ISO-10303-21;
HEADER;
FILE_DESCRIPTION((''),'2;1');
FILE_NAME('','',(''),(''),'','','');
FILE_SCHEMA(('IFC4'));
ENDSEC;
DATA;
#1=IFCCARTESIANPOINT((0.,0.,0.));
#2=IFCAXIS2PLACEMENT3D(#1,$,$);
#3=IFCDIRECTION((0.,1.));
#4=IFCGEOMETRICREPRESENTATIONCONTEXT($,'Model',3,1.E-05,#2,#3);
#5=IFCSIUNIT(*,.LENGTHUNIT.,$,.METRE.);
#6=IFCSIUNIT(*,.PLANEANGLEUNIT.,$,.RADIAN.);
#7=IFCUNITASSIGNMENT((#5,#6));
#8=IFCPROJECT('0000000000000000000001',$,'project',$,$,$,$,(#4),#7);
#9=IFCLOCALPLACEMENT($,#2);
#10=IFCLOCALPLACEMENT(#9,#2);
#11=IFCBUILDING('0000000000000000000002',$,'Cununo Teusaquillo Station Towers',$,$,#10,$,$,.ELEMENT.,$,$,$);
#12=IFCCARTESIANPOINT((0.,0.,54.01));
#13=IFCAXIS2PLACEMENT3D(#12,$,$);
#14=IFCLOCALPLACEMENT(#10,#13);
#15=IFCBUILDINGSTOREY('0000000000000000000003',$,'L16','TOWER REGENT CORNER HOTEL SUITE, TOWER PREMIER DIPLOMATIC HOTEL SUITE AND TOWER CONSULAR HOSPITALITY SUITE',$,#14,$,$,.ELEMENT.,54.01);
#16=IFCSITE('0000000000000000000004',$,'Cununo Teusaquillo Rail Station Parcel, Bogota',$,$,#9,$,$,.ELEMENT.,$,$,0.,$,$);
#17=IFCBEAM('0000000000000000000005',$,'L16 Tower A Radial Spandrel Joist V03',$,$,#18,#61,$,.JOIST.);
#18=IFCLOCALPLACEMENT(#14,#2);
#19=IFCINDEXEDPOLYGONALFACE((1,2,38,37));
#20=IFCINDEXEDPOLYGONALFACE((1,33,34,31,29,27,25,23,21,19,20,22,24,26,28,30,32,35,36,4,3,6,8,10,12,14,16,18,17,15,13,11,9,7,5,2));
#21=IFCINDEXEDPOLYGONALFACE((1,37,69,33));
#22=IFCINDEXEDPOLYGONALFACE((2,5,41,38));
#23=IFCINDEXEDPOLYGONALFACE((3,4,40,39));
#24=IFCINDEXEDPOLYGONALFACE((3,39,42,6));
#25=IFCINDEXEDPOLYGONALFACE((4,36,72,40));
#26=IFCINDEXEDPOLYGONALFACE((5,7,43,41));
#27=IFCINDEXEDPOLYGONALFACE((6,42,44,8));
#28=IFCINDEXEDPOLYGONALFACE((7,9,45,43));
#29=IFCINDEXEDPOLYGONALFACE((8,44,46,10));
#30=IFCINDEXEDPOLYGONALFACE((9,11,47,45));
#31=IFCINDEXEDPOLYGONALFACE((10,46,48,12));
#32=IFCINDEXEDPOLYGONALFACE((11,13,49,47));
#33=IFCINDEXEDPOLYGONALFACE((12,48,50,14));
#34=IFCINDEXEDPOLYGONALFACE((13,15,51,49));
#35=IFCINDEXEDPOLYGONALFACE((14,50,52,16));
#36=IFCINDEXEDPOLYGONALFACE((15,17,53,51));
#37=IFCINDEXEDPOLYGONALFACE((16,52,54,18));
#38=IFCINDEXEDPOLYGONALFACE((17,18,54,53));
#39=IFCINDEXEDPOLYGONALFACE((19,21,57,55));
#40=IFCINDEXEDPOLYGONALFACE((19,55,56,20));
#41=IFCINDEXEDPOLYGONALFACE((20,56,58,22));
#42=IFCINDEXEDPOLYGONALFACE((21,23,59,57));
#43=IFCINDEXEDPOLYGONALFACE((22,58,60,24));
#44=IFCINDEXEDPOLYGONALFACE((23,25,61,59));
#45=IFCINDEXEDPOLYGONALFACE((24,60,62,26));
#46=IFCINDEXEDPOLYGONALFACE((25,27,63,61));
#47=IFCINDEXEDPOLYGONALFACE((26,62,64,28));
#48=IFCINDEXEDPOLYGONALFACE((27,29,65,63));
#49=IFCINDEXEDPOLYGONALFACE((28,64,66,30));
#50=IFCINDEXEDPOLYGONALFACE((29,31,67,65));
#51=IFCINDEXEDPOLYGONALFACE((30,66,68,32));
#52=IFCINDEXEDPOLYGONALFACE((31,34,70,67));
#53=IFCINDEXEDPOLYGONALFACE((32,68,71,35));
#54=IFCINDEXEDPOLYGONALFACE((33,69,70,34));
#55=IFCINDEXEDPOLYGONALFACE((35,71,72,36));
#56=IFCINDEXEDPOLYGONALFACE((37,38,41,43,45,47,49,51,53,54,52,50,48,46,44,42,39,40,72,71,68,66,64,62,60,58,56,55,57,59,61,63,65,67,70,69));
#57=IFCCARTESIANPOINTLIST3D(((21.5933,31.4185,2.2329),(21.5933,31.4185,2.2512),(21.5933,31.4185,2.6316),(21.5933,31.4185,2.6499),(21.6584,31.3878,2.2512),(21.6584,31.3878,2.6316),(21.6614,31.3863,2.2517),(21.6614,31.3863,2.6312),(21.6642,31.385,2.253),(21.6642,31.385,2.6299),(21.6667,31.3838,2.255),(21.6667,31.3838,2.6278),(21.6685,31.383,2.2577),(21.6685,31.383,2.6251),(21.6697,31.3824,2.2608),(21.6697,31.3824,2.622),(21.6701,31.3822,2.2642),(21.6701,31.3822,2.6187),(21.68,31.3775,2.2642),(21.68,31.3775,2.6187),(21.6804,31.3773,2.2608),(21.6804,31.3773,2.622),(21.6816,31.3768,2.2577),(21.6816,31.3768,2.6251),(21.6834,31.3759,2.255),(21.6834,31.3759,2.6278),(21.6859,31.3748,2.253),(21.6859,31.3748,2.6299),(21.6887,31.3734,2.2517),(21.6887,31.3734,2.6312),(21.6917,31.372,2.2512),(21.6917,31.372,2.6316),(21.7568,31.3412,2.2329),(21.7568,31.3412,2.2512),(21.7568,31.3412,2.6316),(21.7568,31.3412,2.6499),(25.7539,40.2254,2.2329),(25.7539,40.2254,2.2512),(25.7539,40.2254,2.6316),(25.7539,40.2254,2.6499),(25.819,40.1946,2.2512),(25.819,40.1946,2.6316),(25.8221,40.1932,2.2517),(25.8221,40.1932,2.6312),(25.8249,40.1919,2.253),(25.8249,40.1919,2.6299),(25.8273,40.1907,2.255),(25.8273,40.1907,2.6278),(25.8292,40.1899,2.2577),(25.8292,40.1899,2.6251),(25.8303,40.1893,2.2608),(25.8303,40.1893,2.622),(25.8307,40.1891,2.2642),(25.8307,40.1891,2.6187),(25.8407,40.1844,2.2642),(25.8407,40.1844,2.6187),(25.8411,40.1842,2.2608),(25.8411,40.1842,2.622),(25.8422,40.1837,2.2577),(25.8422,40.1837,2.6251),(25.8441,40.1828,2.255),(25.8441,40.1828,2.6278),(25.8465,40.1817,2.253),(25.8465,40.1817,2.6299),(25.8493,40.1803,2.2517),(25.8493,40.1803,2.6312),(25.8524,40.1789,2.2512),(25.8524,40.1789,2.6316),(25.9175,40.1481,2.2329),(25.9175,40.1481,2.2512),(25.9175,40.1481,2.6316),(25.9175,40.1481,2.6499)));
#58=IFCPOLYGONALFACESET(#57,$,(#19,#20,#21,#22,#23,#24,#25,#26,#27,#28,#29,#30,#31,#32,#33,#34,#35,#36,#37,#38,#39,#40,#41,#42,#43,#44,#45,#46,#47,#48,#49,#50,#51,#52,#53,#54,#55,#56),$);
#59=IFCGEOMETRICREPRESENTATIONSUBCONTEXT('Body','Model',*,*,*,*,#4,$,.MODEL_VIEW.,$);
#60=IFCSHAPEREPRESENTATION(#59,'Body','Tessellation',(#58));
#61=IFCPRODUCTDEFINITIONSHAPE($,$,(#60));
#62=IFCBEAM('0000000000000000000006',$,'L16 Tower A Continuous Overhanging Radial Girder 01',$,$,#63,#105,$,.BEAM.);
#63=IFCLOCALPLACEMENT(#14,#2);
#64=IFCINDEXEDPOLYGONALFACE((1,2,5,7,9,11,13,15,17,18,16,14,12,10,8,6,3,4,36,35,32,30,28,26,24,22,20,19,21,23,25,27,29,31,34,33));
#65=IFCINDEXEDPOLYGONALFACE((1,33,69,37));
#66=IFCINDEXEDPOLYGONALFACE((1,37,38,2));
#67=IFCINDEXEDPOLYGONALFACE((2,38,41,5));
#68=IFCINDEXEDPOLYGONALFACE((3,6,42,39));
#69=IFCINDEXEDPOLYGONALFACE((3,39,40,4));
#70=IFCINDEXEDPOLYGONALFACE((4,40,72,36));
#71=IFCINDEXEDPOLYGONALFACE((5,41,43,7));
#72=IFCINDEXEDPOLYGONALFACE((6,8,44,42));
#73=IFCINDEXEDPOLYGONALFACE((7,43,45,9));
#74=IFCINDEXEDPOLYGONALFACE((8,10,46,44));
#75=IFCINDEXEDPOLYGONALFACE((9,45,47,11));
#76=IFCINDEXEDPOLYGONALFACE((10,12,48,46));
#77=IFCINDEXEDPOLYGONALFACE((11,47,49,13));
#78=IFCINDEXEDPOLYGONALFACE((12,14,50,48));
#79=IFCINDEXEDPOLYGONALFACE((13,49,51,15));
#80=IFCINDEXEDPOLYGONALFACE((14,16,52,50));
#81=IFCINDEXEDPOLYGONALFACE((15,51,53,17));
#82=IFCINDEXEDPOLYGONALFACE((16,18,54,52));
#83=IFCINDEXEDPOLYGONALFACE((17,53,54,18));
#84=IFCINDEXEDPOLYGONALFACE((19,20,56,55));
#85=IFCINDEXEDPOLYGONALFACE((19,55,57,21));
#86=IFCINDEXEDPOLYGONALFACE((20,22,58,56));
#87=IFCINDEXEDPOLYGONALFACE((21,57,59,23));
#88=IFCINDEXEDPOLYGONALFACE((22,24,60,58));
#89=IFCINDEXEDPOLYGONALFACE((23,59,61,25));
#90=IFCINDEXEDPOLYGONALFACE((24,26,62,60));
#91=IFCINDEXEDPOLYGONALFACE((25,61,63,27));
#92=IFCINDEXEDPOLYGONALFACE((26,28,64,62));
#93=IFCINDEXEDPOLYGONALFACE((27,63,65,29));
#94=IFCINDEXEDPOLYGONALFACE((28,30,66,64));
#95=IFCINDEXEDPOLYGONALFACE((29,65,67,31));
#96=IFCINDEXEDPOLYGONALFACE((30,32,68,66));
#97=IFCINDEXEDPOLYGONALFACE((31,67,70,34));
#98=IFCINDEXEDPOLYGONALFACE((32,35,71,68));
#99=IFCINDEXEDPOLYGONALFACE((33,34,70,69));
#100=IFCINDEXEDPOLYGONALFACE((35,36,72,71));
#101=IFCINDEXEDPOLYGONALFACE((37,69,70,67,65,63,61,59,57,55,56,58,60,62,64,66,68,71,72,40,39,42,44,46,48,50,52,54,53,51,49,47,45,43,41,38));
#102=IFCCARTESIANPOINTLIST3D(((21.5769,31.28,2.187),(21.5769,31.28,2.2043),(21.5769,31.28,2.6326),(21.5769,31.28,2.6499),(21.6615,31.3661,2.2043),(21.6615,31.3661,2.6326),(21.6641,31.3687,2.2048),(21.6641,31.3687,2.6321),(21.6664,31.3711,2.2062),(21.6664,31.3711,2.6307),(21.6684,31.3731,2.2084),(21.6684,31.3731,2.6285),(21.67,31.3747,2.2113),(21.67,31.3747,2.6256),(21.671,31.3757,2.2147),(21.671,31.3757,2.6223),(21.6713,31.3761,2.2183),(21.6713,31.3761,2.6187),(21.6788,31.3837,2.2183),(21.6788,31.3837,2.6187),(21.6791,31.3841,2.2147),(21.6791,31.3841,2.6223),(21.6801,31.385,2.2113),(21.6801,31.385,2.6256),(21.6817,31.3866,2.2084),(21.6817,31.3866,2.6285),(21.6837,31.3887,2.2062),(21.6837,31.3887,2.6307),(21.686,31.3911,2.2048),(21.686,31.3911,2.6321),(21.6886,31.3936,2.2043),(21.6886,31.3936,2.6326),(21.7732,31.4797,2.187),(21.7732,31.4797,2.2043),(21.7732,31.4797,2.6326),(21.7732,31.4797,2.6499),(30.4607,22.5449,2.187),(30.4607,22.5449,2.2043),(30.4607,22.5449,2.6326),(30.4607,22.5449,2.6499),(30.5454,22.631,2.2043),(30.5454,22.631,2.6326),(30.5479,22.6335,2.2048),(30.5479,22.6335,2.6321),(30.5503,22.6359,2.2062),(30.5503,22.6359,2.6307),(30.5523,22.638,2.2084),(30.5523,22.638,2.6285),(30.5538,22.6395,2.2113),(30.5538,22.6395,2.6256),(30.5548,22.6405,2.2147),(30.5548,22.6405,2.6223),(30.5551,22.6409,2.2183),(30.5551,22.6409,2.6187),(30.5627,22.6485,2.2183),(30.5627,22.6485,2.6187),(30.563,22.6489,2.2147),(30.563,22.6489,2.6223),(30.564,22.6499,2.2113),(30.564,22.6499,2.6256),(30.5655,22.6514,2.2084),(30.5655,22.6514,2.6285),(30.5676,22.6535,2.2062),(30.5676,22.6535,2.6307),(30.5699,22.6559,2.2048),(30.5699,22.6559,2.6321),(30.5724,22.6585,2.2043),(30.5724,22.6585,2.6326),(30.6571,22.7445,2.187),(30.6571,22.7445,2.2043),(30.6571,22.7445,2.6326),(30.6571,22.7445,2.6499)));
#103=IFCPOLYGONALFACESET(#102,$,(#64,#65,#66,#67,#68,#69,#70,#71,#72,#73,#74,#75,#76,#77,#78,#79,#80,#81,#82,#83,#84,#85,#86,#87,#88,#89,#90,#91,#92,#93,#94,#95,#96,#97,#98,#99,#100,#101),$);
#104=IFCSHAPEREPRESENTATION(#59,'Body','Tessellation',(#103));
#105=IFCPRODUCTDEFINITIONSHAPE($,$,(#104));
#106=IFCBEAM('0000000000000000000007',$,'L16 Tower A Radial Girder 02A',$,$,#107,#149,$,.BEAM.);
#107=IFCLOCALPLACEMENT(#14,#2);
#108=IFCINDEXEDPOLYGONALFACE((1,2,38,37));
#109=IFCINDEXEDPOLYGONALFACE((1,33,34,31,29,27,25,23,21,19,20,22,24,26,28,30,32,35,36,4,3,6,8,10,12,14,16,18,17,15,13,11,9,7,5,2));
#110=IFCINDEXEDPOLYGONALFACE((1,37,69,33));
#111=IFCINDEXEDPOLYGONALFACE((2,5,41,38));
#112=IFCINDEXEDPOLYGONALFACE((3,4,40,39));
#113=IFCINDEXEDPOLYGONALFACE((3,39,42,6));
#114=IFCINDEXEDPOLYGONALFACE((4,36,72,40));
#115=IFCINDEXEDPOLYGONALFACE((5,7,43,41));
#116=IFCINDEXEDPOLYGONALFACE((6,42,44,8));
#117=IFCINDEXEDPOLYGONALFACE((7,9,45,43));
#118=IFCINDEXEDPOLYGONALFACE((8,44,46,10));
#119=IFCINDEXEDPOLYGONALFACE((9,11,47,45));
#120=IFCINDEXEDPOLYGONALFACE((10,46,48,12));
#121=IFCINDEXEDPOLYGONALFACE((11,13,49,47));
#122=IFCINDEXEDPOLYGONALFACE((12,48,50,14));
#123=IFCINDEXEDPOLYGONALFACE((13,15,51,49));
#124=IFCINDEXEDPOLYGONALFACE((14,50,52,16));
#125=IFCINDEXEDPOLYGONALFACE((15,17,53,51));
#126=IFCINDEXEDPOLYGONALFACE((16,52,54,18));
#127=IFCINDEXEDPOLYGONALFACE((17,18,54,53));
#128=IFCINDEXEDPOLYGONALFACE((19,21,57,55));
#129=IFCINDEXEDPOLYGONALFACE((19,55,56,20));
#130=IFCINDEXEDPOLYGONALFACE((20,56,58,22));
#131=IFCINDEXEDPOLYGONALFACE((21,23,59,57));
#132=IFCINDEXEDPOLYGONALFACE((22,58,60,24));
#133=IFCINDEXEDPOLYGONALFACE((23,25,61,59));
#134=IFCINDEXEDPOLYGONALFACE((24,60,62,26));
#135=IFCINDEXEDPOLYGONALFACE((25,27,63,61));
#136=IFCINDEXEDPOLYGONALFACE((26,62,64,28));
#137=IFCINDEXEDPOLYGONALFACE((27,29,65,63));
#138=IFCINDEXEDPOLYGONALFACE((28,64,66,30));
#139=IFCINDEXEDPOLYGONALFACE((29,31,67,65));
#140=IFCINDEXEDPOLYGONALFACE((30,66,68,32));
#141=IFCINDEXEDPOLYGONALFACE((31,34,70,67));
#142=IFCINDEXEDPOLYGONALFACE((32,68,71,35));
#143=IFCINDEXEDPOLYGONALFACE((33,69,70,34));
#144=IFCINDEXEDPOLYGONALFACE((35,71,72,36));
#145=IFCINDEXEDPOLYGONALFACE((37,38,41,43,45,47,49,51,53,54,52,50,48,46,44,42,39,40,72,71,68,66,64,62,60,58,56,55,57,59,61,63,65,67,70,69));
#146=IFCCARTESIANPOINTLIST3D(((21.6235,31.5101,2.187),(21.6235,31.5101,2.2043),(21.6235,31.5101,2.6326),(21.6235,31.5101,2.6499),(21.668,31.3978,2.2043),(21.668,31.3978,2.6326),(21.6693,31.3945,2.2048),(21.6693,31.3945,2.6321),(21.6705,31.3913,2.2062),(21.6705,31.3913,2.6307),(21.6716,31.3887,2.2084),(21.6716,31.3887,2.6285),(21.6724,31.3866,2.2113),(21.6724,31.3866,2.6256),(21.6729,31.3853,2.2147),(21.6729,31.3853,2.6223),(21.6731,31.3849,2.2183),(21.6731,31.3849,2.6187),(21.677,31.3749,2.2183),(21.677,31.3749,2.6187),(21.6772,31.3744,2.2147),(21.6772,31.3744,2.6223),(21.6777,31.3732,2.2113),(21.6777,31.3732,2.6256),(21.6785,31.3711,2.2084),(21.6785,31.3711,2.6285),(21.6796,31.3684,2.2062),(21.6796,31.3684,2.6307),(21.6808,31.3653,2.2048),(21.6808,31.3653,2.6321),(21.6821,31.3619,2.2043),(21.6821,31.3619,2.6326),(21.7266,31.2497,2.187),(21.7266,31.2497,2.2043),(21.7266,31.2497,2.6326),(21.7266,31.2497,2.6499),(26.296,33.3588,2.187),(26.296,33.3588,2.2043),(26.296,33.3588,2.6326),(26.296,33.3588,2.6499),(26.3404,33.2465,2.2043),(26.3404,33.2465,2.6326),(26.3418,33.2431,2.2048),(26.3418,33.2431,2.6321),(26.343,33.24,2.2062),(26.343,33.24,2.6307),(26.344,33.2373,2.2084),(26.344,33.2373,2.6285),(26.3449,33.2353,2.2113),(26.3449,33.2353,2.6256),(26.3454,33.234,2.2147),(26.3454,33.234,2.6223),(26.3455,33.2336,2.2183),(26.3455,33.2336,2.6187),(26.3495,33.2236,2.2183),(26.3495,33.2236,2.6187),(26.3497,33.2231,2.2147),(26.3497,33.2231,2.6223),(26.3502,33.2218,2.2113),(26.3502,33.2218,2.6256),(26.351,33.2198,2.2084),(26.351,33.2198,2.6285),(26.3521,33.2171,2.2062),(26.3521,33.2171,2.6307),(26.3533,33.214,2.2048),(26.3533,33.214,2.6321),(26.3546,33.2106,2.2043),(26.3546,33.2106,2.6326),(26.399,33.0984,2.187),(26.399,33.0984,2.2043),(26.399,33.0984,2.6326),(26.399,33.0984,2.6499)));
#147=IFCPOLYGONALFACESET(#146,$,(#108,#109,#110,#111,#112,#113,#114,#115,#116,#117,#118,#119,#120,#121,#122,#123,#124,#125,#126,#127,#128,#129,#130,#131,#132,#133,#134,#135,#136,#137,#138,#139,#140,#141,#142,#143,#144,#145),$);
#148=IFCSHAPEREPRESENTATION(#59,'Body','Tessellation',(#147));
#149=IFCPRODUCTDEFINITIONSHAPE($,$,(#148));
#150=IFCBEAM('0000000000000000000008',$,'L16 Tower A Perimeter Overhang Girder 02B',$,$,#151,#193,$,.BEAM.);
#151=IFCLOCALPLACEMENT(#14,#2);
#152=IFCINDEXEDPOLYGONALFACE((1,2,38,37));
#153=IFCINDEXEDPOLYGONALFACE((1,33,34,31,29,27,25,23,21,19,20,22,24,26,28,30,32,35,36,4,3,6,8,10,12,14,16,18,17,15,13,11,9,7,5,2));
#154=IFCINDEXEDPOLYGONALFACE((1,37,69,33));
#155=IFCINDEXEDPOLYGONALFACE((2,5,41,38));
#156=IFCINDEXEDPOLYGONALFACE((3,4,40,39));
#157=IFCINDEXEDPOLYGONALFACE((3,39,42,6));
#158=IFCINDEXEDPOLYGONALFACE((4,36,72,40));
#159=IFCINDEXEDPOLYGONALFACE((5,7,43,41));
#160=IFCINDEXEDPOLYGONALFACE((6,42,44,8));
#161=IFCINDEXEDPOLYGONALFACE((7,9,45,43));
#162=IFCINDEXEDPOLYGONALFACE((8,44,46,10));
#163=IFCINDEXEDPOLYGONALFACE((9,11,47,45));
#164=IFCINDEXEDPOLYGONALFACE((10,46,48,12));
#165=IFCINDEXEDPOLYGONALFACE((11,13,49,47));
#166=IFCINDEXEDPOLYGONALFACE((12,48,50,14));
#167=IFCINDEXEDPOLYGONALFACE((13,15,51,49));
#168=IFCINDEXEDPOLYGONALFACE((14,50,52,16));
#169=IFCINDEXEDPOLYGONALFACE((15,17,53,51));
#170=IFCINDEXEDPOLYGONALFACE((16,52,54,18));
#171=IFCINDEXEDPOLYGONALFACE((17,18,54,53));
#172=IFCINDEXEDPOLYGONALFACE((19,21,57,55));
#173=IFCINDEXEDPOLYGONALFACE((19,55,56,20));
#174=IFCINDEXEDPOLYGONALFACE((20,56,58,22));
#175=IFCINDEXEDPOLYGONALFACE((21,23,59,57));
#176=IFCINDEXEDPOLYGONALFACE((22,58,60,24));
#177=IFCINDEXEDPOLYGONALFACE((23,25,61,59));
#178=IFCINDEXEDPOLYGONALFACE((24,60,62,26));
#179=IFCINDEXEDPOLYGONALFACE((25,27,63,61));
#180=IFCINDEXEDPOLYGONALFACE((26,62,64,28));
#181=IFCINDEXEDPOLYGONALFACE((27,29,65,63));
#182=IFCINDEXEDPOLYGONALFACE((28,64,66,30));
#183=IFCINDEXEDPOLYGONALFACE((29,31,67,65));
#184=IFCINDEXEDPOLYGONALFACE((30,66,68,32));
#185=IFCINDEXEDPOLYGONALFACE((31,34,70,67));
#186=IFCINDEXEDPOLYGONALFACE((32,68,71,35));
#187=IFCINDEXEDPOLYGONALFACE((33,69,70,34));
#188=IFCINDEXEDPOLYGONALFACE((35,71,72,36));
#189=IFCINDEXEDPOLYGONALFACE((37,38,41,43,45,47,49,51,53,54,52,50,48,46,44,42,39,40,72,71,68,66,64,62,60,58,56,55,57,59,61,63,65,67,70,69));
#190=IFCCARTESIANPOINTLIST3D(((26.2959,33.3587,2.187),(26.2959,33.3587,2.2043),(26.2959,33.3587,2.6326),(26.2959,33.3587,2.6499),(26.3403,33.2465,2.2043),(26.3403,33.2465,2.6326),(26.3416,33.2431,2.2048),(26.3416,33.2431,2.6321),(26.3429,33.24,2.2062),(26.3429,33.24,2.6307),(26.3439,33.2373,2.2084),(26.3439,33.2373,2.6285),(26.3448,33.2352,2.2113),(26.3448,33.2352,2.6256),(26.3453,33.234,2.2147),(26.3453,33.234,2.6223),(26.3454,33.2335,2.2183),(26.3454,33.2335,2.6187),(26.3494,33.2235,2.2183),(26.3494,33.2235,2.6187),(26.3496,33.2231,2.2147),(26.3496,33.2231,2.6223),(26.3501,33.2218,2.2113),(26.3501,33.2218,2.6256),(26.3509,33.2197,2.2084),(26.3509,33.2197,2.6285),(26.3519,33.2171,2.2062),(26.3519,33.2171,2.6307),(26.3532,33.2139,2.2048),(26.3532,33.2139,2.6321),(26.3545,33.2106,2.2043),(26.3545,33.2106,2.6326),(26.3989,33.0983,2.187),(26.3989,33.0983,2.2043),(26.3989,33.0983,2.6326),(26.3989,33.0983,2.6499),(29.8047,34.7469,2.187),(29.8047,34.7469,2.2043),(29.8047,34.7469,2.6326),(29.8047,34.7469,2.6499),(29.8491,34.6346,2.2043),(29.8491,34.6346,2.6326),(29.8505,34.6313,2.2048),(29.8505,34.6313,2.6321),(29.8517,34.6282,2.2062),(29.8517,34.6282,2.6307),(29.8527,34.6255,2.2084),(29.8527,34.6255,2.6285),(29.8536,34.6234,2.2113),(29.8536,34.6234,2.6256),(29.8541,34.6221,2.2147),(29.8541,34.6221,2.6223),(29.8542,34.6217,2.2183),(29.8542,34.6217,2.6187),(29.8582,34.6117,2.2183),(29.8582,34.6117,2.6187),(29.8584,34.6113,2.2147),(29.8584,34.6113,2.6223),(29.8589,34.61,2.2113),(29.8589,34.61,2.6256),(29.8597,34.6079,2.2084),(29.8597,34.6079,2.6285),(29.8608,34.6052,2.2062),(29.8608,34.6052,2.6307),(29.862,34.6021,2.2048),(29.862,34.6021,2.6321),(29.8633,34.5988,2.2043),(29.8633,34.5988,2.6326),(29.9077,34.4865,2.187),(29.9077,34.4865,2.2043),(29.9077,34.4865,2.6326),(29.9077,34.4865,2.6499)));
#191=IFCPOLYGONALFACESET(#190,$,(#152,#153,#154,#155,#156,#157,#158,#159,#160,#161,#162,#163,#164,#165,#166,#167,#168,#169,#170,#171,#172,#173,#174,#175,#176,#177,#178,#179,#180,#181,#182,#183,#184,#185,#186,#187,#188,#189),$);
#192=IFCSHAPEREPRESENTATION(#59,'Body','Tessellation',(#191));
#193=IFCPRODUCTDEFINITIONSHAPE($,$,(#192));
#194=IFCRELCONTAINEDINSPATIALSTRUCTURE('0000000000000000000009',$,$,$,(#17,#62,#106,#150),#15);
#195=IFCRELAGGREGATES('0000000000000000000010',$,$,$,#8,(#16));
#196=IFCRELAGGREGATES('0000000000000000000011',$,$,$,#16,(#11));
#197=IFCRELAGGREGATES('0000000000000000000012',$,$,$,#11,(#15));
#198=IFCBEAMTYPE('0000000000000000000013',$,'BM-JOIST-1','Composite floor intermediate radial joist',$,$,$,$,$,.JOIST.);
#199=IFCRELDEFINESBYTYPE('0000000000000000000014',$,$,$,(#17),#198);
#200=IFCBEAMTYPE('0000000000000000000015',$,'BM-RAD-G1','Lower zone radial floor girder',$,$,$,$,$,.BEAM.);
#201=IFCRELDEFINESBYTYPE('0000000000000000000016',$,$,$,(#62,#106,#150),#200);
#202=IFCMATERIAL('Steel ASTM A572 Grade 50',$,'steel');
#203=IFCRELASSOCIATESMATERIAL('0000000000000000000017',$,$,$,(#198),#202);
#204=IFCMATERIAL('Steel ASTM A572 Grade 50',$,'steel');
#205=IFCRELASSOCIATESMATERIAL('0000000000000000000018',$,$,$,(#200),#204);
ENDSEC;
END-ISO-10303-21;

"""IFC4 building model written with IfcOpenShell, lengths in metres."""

from ifc_helpers import new_model, si_unit, direction, frame, origin, origin_2d, place, context, subcontext, project, spatial, i_section, extrude, material, material_profile, profile_set, type_object, element, save


model = new_model("IFC4")

# Units and contexts
model_context = context("Model", 3, precision=1e-05, world=origin(), true_north=direction((0.0, 1.0)))
body_context = subcontext(model_context, "Body", "Model", "MODEL_VIEW")
ifc_project = project(units=[si_unit("LENGTHUNIT", "METRE"), si_unit("PLANEANGLEUNIT", "RADIAN")], contexts=[model_context])

# Site, building, storey
site_placement = place(None, origin())
site = spatial("IfcSite", under=ifc_project, at=site_placement, Name="Cununo Teusaquillo Rail Station Parcel, Bogota", CompositionType="ELEMENT", RefElevation=0.0)
building_placement = place(site_placement, origin())
building = spatial("IfcBuilding", under=site, at=building_placement, Name="Cununo Teusaquillo Station Towers", CompositionType="ELEMENT")
storey_placement = place(building_placement, frame((0.0, 0.0, 54.01)))
storey = spatial("IfcBuildingStorey", under=building, at=storey_placement, Name="L16", Description="TOWER REGENT CORNER HOTEL SUITE, TOWER PREMIER DIPLOMATIC HOTEL SUITE AND TOWER CONSULAR HOSPITALITY SUITE", CompositionType="ELEMENT", Elevation=54.01)

# Beams
ifc_material_1 = material(Name="Steel ASTM A572 Grade 50", Category="steel")
ifc_material_profile_1 = material_profile(ifc_material_1, i_section(OverallWidth=0.1809, OverallDepth=0.417, WebThickness=0.011, FlangeThickness=0.0183, FilletRadius=0.0129, at=origin_2d()), Name="W16X57")
ifc_profile_set_1 = profile_set([ifc_material_profile_1], Name="Steel ASTM A572 Grade 50")
beam_type_1 = type_object("IfcBeamType", Name="BM-JOIST-1", Description="Composite floor intermediate radial joist", PredefinedType="JOIST", material=ifc_profile_set_1)
beam_1_placement = place(storey_placement, frame((21.675, 31.3799, 2.4414), z_axis=(0.427161, 0.904176, 0.0), x_axis=(-0.904176, 0.427161, 0.0)))
element("IfcBeam", 1, at=beam_1_placement, inside=storey, type_object=beam_type_1, Name="L16 Tower A Radial Spandrel Joist V03", PredefinedType="JOIST", context=body_context, shape_type="SweptSolid", body=[
    extrude(i_section(OverallWidth=0.1809, OverallDepth=0.417, WebThickness=0.011, FlangeThickness=0.0183, FilletRadius=0.0129, at=origin_2d()), origin(), (0.0, 0.0, 1.0), 9.7402),
])
ifc_material_2 = material(Name="Steel ASTM A572 Grade 50", Category="steel")
ifc_material_profile_2 = material_profile(ifc_material_2, i_section(OverallWidth=0.28, OverallDepth=0.4629, WebThickness=0.0107, FlangeThickness=0.0173, FilletRadius=0.0139, at=origin_2d()), Name="W18X76")
ifc_profile_set_2 = profile_set([ifc_material_profile_2], Name="Steel ASTM A572 Grade 50")
beam_type_2 = type_object("IfcBeamType", Name="BM-RAD-G1", Description="Lower zone radial floor girder", PredefinedType="BEAM", material=ifc_profile_set_2)
beam_2_placement = place(storey_placement, frame((21.675, 31.3799, 2.4185), z_axis=(0.713048, -0.701115, 0.0), x_axis=(0.701115, 0.713048, 0.0)))
element("IfcBeam", 2, at=beam_2_placement, inside=storey, type_object=beam_type_2, Name="L16 Tower A Continuous Overhanging Radial Girder 01", PredefinedType="BEAM", context=body_context, shape_type="SweptSolid", body=[
    extrude(i_section(OverallWidth=0.28, OverallDepth=0.4629, WebThickness=0.0107, FlangeThickness=0.0173, FilletRadius=0.0139, at=origin_2d()), origin(), (0.0, 0.0, 1.0), 12.459),
])
beam_3_placement = place(storey_placement, frame((21.675, 31.3799, 2.4185), z_axis=(0.929864, 0.367903, 0.0), x_axis=(-0.367903, 0.929864, 0.0)))
element("IfcBeam", 3, at=beam_3_placement, inside=storey, type_object=beam_type_2, Name="L16 Tower A Radial Girder 02A", PredefinedType="BEAM", context=body_context, shape_type="SweptSolid", body=[
    extrude(i_section(OverallWidth=0.28, OverallDepth=0.4629, WebThickness=0.0107, FlangeThickness=0.0173, FilletRadius=0.0139, at=origin_2d()), origin(), (0.0, 0.0, 1.0), 5.0249),
])
beam_4_placement = place(storey_placement, frame((26.3474, 33.2285, 2.4185), z_axis=(0.929871, 0.367885, 0.0), x_axis=(-0.367885, 0.929871, 0.0)))
element("IfcBeam", 4, at=beam_4_placement, inside=storey, type_object=beam_type_2, Name="L16 Tower A Perimeter Overhang Girder 02B", PredefinedType="BEAM", context=body_context, shape_type="SweptSolid", body=[
    extrude(i_section(OverallWidth=0.28, OverallDepth=0.4629, WebThickness=0.0107, FlangeThickness=0.0173, FilletRadius=0.0139, at=origin_2d()), origin(), (0.0, 0.0, 1.0), 3.7734),
])

save(model, "model.ifc")
